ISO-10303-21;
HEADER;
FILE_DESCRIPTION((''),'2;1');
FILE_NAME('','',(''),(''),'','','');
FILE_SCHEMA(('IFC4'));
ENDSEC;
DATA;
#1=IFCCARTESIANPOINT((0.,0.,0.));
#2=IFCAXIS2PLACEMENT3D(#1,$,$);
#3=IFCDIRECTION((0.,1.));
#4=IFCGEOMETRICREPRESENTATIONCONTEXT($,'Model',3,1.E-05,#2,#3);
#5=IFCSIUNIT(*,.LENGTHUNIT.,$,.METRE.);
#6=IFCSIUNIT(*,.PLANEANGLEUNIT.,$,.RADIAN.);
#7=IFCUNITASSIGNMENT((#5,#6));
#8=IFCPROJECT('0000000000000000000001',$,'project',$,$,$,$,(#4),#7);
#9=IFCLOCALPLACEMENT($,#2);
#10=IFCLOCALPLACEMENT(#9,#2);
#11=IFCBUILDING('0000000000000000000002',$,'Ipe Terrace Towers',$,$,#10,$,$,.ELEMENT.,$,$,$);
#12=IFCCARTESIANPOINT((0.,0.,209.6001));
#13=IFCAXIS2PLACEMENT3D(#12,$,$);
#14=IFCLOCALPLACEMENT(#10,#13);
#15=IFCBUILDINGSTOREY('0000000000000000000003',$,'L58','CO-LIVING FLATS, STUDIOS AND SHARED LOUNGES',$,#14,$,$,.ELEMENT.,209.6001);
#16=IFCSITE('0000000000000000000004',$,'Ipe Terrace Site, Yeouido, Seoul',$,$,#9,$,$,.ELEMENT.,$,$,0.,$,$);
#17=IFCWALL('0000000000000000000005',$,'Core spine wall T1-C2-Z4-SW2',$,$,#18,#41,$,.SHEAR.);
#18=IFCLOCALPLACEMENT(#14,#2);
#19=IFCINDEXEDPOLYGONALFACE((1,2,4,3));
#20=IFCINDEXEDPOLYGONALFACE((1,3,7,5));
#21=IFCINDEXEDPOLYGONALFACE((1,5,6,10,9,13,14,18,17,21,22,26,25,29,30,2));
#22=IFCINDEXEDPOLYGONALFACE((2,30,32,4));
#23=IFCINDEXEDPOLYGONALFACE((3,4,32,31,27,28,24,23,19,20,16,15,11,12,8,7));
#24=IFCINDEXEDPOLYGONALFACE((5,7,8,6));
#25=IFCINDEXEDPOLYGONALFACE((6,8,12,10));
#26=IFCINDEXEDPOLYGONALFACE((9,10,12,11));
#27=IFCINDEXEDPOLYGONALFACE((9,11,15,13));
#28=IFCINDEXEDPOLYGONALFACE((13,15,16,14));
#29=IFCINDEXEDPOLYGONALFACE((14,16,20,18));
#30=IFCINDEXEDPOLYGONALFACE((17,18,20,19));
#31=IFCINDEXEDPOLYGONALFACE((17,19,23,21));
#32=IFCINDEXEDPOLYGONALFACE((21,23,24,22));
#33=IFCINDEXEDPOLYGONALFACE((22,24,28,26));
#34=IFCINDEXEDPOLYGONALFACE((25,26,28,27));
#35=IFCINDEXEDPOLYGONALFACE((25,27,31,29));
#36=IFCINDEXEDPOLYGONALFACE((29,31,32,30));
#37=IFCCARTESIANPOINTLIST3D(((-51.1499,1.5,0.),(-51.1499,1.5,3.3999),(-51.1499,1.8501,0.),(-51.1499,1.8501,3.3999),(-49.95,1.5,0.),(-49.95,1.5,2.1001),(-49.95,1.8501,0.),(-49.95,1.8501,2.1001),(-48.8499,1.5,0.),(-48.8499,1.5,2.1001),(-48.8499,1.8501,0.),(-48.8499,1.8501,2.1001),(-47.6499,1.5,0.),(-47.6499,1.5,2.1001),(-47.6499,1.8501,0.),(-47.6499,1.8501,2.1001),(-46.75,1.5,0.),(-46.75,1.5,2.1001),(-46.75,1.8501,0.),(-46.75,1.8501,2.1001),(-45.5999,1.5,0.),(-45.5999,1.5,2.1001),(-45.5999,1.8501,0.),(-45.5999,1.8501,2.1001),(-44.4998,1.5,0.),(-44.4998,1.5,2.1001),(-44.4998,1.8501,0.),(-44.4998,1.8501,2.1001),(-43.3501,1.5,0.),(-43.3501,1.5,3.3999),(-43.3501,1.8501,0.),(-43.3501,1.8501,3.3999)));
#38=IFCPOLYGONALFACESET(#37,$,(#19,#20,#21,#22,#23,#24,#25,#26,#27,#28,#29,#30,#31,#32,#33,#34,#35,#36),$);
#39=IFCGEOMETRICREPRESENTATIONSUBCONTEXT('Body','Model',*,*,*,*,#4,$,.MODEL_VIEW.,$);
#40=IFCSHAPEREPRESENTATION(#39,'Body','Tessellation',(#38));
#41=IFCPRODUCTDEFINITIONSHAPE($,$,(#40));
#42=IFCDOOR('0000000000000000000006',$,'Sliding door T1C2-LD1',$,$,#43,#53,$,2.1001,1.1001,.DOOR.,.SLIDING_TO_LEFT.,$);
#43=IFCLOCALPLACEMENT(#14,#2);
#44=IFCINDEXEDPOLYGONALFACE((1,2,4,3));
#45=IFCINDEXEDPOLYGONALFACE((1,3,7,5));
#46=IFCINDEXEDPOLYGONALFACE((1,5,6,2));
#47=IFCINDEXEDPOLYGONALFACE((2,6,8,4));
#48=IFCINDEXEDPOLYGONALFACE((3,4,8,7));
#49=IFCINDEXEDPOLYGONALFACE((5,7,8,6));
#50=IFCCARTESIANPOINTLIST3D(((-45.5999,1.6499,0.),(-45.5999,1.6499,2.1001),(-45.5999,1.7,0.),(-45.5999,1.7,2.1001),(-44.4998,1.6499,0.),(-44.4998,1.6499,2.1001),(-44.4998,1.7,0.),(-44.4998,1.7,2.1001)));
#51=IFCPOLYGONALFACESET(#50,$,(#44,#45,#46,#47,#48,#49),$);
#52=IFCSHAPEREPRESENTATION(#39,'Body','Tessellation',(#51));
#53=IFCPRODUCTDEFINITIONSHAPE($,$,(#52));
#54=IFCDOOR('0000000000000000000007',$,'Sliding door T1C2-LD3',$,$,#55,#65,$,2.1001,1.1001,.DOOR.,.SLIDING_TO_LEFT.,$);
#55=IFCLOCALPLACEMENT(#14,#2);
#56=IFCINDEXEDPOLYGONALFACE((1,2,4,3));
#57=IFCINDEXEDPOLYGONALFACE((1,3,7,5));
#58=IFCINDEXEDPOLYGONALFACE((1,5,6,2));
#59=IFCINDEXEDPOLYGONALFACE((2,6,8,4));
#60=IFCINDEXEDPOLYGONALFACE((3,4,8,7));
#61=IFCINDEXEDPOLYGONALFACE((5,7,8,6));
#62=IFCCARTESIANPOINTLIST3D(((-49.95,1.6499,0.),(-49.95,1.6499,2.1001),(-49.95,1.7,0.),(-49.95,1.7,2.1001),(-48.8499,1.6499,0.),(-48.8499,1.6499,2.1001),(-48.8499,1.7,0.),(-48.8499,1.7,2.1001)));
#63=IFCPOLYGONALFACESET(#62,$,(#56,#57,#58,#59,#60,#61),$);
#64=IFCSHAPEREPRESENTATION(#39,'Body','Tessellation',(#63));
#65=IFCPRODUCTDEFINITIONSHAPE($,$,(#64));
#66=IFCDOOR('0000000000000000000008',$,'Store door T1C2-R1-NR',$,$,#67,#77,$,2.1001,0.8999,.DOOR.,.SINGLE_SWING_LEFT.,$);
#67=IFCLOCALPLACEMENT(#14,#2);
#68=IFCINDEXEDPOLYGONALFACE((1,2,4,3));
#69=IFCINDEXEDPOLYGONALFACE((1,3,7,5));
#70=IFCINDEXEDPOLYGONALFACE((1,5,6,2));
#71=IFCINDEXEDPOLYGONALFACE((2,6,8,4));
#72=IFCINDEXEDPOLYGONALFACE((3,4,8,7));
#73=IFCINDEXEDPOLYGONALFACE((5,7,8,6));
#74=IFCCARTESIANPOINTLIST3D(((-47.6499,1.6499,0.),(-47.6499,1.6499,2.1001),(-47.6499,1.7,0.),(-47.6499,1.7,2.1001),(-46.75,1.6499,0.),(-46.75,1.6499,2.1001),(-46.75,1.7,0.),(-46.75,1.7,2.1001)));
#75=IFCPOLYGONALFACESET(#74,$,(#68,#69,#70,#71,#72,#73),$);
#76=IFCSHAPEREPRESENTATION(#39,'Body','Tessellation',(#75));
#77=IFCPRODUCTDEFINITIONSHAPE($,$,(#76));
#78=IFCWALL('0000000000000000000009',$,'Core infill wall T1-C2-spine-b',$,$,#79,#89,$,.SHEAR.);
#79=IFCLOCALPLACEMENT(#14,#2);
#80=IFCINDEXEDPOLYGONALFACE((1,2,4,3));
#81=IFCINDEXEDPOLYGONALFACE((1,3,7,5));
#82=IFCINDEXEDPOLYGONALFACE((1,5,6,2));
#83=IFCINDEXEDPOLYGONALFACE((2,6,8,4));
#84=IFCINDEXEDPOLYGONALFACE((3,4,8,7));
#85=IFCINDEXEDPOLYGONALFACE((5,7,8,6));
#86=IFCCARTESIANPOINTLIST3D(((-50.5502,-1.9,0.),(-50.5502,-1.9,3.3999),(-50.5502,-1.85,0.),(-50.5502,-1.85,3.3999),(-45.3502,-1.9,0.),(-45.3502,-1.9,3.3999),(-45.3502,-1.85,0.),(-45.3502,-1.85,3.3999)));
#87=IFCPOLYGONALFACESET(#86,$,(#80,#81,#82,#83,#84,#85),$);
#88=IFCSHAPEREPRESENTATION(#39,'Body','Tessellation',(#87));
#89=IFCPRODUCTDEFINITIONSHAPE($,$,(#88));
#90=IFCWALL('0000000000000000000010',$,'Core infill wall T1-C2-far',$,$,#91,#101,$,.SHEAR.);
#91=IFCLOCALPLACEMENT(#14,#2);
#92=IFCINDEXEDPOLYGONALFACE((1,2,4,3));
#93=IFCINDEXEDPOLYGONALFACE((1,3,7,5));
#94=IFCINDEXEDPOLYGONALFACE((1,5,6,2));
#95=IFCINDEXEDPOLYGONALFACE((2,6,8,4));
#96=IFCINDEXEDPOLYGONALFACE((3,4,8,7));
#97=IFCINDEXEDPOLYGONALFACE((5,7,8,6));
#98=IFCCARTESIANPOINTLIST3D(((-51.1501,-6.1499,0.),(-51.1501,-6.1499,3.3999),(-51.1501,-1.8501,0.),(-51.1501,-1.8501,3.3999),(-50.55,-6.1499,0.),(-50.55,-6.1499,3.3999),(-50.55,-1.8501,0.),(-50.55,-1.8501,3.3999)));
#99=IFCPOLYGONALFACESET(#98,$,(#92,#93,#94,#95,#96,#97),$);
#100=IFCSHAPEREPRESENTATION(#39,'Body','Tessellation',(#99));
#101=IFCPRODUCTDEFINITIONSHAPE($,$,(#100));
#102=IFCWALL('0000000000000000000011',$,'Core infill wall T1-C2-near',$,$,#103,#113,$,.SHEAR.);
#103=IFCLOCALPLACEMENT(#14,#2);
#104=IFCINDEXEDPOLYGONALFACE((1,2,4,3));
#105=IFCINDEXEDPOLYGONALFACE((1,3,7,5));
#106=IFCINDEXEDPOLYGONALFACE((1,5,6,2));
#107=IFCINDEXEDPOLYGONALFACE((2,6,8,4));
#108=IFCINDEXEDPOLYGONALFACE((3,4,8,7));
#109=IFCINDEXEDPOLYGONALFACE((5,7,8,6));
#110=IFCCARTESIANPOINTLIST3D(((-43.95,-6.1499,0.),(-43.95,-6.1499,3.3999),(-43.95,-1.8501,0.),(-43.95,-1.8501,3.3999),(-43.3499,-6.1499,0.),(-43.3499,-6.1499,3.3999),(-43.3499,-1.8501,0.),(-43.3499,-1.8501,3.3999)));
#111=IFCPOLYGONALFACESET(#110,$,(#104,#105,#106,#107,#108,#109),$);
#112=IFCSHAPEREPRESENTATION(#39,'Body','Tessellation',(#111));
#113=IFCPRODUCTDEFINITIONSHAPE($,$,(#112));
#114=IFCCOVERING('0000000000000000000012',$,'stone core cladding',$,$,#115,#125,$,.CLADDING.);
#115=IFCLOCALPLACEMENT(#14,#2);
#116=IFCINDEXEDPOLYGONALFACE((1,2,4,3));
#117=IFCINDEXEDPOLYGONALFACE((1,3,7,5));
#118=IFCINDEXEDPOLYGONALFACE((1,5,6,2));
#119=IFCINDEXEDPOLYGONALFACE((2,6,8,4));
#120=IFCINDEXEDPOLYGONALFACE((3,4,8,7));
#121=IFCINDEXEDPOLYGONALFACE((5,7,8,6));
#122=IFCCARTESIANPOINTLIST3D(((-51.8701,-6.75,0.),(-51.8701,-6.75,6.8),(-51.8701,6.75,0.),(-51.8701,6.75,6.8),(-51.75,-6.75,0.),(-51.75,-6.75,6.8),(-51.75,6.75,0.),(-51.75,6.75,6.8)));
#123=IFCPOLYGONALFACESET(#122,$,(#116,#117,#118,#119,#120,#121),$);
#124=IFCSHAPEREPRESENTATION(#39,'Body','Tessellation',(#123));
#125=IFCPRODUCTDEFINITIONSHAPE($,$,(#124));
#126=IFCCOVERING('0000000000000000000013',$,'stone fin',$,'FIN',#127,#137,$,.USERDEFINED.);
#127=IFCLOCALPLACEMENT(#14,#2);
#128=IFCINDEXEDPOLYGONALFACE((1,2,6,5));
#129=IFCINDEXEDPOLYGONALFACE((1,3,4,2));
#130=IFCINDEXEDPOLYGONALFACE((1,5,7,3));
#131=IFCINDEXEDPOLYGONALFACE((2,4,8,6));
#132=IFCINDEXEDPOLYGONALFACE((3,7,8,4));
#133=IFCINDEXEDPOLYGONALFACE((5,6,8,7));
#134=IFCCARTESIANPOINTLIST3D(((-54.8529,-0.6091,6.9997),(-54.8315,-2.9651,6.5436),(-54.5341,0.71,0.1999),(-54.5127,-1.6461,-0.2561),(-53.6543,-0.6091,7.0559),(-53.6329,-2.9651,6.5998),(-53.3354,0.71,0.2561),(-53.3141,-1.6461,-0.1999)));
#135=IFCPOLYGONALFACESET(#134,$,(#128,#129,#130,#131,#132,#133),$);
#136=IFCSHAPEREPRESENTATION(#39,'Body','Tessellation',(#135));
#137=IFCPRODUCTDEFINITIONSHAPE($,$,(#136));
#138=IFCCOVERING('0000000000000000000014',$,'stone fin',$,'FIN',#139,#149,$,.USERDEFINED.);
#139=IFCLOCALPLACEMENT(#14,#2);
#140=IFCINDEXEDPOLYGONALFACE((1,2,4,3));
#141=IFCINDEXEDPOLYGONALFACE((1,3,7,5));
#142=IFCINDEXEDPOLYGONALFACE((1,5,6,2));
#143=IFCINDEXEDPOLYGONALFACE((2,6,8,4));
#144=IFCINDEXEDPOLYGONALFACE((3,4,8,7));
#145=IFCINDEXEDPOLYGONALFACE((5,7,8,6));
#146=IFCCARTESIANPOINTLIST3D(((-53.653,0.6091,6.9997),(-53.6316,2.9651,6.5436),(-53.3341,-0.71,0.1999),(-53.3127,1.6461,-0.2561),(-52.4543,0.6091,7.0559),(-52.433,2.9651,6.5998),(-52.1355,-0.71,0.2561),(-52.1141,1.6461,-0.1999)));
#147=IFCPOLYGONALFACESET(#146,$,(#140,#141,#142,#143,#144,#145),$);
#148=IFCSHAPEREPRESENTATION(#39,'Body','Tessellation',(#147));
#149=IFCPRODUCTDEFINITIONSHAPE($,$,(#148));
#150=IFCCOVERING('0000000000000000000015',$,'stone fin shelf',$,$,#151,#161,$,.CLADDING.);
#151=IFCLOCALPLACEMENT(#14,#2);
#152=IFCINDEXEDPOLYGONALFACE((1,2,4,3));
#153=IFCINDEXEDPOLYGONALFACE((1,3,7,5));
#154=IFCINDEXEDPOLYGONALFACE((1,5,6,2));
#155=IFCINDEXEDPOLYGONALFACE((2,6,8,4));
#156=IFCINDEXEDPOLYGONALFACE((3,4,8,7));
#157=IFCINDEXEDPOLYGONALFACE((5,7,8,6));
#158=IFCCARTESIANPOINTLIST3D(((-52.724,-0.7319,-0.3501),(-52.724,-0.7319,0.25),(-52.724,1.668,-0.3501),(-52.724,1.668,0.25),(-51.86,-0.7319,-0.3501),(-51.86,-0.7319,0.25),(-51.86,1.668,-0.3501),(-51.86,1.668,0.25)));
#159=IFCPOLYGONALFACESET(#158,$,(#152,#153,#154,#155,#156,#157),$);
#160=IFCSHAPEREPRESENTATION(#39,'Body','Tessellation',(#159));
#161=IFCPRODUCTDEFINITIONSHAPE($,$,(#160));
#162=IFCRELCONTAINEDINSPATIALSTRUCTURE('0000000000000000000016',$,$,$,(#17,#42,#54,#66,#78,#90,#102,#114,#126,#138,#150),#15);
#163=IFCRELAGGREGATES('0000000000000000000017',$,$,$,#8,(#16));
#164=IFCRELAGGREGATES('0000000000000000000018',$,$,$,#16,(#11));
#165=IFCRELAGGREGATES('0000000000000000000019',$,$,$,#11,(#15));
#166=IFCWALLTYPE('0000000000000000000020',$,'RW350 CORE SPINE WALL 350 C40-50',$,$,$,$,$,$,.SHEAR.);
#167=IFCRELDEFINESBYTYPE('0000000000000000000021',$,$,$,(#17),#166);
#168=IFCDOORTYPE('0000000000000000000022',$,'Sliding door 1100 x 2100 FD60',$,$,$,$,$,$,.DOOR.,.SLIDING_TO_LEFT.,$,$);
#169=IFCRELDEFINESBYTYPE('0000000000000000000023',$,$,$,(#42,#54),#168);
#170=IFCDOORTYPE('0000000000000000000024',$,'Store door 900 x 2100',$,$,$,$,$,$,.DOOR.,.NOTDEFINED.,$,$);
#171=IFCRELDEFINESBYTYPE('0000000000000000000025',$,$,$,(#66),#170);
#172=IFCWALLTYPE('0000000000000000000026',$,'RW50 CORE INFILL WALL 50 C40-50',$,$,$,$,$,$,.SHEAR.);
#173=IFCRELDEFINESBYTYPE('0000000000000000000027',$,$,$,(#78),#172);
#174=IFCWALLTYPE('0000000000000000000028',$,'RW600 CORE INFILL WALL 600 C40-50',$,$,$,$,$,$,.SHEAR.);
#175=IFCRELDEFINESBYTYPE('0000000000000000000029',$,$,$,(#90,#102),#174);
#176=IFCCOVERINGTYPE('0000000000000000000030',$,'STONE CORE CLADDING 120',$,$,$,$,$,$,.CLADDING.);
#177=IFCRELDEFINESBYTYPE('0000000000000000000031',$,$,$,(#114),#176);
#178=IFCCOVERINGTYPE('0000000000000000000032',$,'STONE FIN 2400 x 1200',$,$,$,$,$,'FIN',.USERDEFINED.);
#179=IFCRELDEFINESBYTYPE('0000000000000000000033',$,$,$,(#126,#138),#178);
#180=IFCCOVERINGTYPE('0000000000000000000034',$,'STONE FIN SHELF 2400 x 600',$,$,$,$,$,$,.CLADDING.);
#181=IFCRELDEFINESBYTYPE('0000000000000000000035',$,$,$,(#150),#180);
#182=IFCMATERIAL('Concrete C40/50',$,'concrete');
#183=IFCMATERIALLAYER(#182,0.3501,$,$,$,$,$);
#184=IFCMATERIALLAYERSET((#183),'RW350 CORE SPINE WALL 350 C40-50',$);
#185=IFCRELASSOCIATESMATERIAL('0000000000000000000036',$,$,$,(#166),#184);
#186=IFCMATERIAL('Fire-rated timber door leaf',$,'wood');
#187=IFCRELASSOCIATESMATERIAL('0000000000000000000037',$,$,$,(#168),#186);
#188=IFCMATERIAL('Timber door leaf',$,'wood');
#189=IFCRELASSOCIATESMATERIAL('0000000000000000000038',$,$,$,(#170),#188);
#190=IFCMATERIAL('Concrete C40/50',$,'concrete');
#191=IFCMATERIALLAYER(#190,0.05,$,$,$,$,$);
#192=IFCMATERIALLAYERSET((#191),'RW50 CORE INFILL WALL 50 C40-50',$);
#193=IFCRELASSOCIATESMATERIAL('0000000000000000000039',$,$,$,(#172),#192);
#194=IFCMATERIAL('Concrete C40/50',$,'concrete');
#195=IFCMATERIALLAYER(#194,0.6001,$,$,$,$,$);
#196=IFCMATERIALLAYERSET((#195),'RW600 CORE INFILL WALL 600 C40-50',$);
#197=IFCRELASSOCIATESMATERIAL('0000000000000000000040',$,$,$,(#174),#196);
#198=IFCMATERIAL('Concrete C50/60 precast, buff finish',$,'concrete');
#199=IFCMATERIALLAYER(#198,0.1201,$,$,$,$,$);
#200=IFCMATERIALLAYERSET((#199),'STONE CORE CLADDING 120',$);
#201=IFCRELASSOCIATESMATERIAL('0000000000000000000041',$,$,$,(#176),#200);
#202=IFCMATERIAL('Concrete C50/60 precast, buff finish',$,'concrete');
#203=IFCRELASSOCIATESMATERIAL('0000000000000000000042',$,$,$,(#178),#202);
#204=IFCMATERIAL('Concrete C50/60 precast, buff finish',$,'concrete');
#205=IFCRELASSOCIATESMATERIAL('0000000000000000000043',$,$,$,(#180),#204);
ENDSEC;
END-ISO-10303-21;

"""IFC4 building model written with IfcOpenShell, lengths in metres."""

from ifc_helpers import new_model, si_unit, direction, frame, frame_2d, origin, origin_2d, place, context, subcontext, project, spatial, rectangle, extrude, material, layer, layer_set, material_profile, profile_set, type_object, element, fill, save


model = new_model("IFC4")

# Units and contexts
model_context = context("Model", 3, precision=1e-05, world=origin(), true_north=direction((0.0, 1.0)))
body_context = subcontext(model_context, "Body", "Model", "MODEL_VIEW")
ifc_project = project(units=[si_unit("LENGTHUNIT", "METRE"), si_unit("PLANEANGLEUNIT", "RADIAN")], contexts=[model_context])

# Site, building, storey
site_placement = place(None, origin())
site = spatial("IfcSite", under=ifc_project, at=site_placement, Name="Ipe Terrace Site, Yeouido, Seoul", CompositionType="ELEMENT", RefElevation=0.0)
building_placement = place(site_placement, origin())
building = spatial("IfcBuilding", under=site, at=building_placement, Name="Ipe Terrace Towers", CompositionType="ELEMENT")
storey_placement = place(building_placement, frame((0.0, 0.0, 209.6001)))
storey = spatial("IfcBuildingStorey", under=building, at=storey_placement, Name="L58", Description="CO-LIVING FLATS, STUDIOS AND SHARED LOUNGES", CompositionType="ELEMENT", Elevation=209.6001)

# Shared definitions
ifc_material_1 = material(Name="Concrete C40/50", Category="concrete")
ifc_layer_1 = layer(ifc_material_1, 0.3501)
ifc_layer_set_1 = layer_set([ifc_layer_1], Name="RW350 CORE SPINE WALL 350 C40-50")
wall_type_1 = type_object("IfcWallType", Name="RW350 CORE SPINE WALL 350 C40-50", PredefinedType="SHEAR", material=ifc_layer_set_1)

# Wall, openings, doors
wall_1_placement = place(storey_placement, frame((-51.1499, 1.675, 0.0), z_axis=(0.0, 0.0, 1.0), x_axis=(1.0, 0.0, 0.0)))
wall_1 = element("IfcWall", 1, at=wall_1_placement, inside=storey, type_object=wall_type_1, Name="Core spine wall T1-C2-Z4-SW2", PredefinedType="SHEAR", context=body_context, shape_type="SweptSolid", body=[
    extrude(rectangle(XDim=7.7998, YDim=0.3501, at=frame_2d((3.8999, 0.0))), origin(), (0.0, 0.0, 1.0), 3.3999),
])
opening_1_placement = place(wall_1_placement, frame((5.55, 0.0, 0.0)))
opening_1 = element("IfcOpeningElement", 2, at=opening_1_placement, cuts=wall_1, PredefinedType="OPENING", context=body_context, shape_type="SweptSolid", body=[
    extrude(rectangle(XDim=1.1001, YDim=2.1001, at=frame_2d((0.55, 1.05))), frame((0.0, 0.1851, 0.0), z_axis=(0.0, -1.0, 0.0), x_axis=(1.0, 0.0, 0.0)), (0.0, 0.0, 1.0), 0.3701),
])
opening_2_placement = place(wall_1_placement, frame((1.2, 0.0, 0.0)))
opening_2 = element("IfcOpeningElement", 3, at=opening_2_placement, cuts=wall_1, PredefinedType="OPENING", context=body_context, shape_type="SweptSolid", body=[
    extrude(rectangle(XDim=1.1001, YDim=2.1001, at=frame_2d((0.55, 1.05))), frame((0.0, 0.1851, 0.0), z_axis=(0.0, -1.0, 0.0), x_axis=(1.0, 0.0, 0.0)), (0.0, 0.0, 1.0), 0.3701),
])
opening_3_placement = place(wall_1_placement, frame((3.5, 0.0, 0.0)))
opening_3 = element("IfcOpeningElement", 4, at=opening_3_placement, cuts=wall_1, PredefinedType="OPENING", context=body_context, shape_type="SweptSolid", body=[
    extrude(rectangle(XDim=0.8999, YDim=2.1001, at=frame_2d((0.45, 1.05))), frame((0.0, 0.1851, 0.0), z_axis=(0.0, -1.0, 0.0), x_axis=(1.0, 0.0, 0.0)), (0.0, 0.0, 1.0), 0.3701),
])
ifc_material_2 = material(Name="Fire-rated timber door leaf", Category="wood")
door_type_1 = type_object("IfcDoorType", Name="Sliding door 1100 x 2100 FD60", OperationType="SLIDING_TO_LEFT", PredefinedType="DOOR", material=ifc_material_2)
door_1_placement = place(opening_1_placement, origin())
door_1 = element("IfcDoor", 5, at=door_1_placement, inside=storey, type_object=door_type_1, Name="Sliding door T1C2-LD1", OperationType="SLIDING_TO_LEFT", OverallHeight=2.1001, OverallWidth=1.1001, PredefinedType="DOOR", context=body_context, shape_type="SweptSolid", body=[
    extrude(rectangle(XDim=1.1001, YDim=2.1001, at=frame_2d((0.55, 1.05))), frame((0.0, 0.0249, 0.0), z_axis=(0.0, -1.0, 0.0), x_axis=(1.0, 0.0, 0.0)), (0.0, 0.0, 1.0), 0.05),
])
fill(opening_1, door_1)
door_2_placement = place(opening_2_placement, origin())
door_2 = element("IfcDoor", 6, at=door_2_placement, inside=storey, type_object=door_type_1, Name="Sliding door T1C2-LD3", OperationType="SLIDING_TO_LEFT", OverallHeight=2.1001, OverallWidth=1.1001, PredefinedType="DOOR", context=body_context, shape_type="SweptSolid", body=[
    extrude(rectangle(XDim=1.1001, YDim=2.1001, at=frame_2d((0.55, 1.05))), frame((0.0, 0.0249, 0.0), z_axis=(0.0, -1.0, 0.0), x_axis=(1.0, 0.0, 0.0)), (0.0, 0.0, 1.0), 0.05),
])
fill(opening_2, door_2)
ifc_material_3 = material(Name="Timber door leaf", Category="wood")
door_type_2 = type_object("IfcDoorType", Name="Store door 900 x 2100", OperationType="NOTDEFINED", PredefinedType="DOOR", material=ifc_material_3)
door_3_placement = place(opening_3_placement, origin())
door_3 = element("IfcDoor", 7, at=door_3_placement, inside=storey, type_object=door_type_2, Name="Store door T1C2-R1-NR", OperationType="SINGLE_SWING_LEFT", OverallHeight=2.1001, OverallWidth=0.8999, PredefinedType="DOOR", context=body_context, shape_type="SweptSolid", body=[
    extrude(rectangle(XDim=0.8999, YDim=2.1001, at=frame_2d((0.45, 1.05))), frame((0.0, 0.0249, 0.0), z_axis=(0.0, -1.0, 0.0), x_axis=(1.0, 0.0, 0.0)), (0.0, 0.0, 1.0), 0.05),
])
fill(opening_3, door_3)

# Walls
ifc_material_4 = material(Name="Concrete C40/50", Category="concrete")
ifc_layer_2 = layer(ifc_material_4, 0.05)
ifc_layer_set_2 = layer_set([ifc_layer_2], Name="RW50 CORE INFILL WALL 50 C40-50")
wall_type_2 = type_object("IfcWallType", Name="RW50 CORE INFILL WALL 50 C40-50", PredefinedType="SHEAR", material=ifc_layer_set_2)
wall_2_placement = place(storey_placement, frame((-45.3501, -1.875, 0.0), z_axis=(0.0, 0.0, 1.0), x_axis=(-1.0, 0.0, 0.0)))
element("IfcWall", 8, at=wall_2_placement, inside=storey, type_object=wall_type_2, Name="Core infill wall T1-C2-spine-b", PredefinedType="SHEAR", context=body_context, shape_type="SweptSolid", body=[
    extrude(rectangle(XDim=5.2, YDim=0.05, at=frame_2d((2.6001, 0.0))), origin(), (0.0, 0.0, 1.0), 3.3999),
])
ifc_material_5 = material(Name="Concrete C40/50", Category="concrete")
ifc_layer_3 = layer(ifc_material_5, 0.6001)
ifc_layer_set_3 = layer_set([ifc_layer_3], Name="RW600 CORE INFILL WALL 600 C40-50")
wall_type_3 = type_object("IfcWallType", Name="RW600 CORE INFILL WALL 600 C40-50", PredefinedType="SHEAR", material=ifc_layer_set_3)
for number, where, z_axis, x_axis, name in (
    (9, (-50.8501, -1.8501, 0.0), (0.0, 0.0, 1.0), (0.0, -1.0, 0.0), "Core infill wall T1-C2-far"),
    (10, (-43.6499, -1.8501, 0.0), (0.0, 0.0, 1.0), (0.0, -1.0, 0.0), "Core infill wall T1-C2-near"),
):
    element("IfcWall", number, at=place(storey_placement, frame(where, z_axis=z_axis, x_axis=x_axis)), inside=storey, type_object=wall_type_3, Name=name, PredefinedType="SHEAR", context=body_context, shape_type="SweptSolid", body=[
        extrude(rectangle(XDim=4.2998, YDim=0.6001, at=frame_2d((2.1499, 0.0))), origin(), (0.0, 0.0, 1.0), 3.3999),
    ])

# Coverings
ifc_material_6 = material(Name="Concrete C50/60 precast, buff finish", Category="concrete")
ifc_layer_4 = layer(ifc_material_6, 0.1201)
ifc_layer_set_4 = layer_set([ifc_layer_4], Name="STONE CORE CLADDING 120")
covering_type_1 = type_object("IfcCoveringType", Name="STONE CORE CLADDING 120", PredefinedType="CLADDING", material=ifc_layer_set_4)
covering_1_placement = place(storey_placement, frame((-51.8101, 0.0, 0.0), z_axis=(0.0, 0.0, 1.0), x_axis=(0.0, -1.0, 0.0)))
element("IfcCovering", 11, at=covering_1_placement, inside=storey, type_object=covering_type_1, Name="stone core cladding", PredefinedType="CLADDING", context=body_context, shape_type="SweptSolid", body=[
    extrude(rectangle(XDim=13.5, YDim=0.1201, at=origin_2d()), origin(), (0.0, 0.0, 1.0), 6.8),
])
ifc_material_7 = material(Name="Concrete C50/60 precast, buff finish", Category="concrete")
ifc_material_profile = material_profile(ifc_material_7, rectangle(XDim=2.3999, YDim=1.2, at=origin_2d()), Name="STONE FIN 2400 x 1200")
ifc_profile_set = profile_set([ifc_material_profile], Name="Concrete C50/60 precast, buff finish")
covering_type_2 = type_object("IfcCoveringType", Name="STONE FIN 2400 x 1200", ElementType="FIN", PredefinedType="USERDEFINED", material=ifc_profile_set)
for number, where, z_axis, x_axis, name in (
    (12, (-53.9241, -0.468, 0.0), (-0.045984, -0.190238, 0.98066), (0.008911, -0.981738, -0.190029), "stone fin"),
    (13, (-52.7241, 0.468, 0.0), (-0.045984, 0.190238, 0.98066), (-0.008911, -0.981738, 0.190029), "stone fin"),
):
    element("IfcCovering", number, at=place(storey_placement, frame(where, z_axis=z_axis, x_axis=x_axis)), inside=storey, type_object=covering_type_2, Name=name, ObjectType="FIN", PredefinedType="USERDEFINED", context=body_context, shape_type="SweptSolid", body=[
        extrude(rectangle(XDim=2.3999, YDim=1.2, at=origin_2d()), origin(), (0.0, 0.0, 1.0), 6.9338),
    ])
ifc_material_8 = material(Name="Concrete C50/60 precast, buff finish", Category="concrete")
covering_type_3 = type_object("IfcCoveringType", Name="STONE FIN SHELF 2400 x 600", PredefinedType="CLADDING", material=ifc_material_8)
covering_2_placement = place(storey_placement, frame((-52.292, 0.468, -0.3501), z_axis=(0.0, 0.0, 1.0), x_axis=(0.0, -1.0, 0.0)))
element("IfcCovering", 14, at=covering_2_placement, inside=storey, type_object=covering_type_3, Name="stone fin shelf", PredefinedType="CLADDING", context=body_context, shape_type="SweptSolid", body=[
    extrude(rectangle(XDim=2.3999, YDim=0.864, at=origin_2d()), origin(), (0.0, 0.0, 1.0), 0.6001),
])

save(model, "model.ifc")
